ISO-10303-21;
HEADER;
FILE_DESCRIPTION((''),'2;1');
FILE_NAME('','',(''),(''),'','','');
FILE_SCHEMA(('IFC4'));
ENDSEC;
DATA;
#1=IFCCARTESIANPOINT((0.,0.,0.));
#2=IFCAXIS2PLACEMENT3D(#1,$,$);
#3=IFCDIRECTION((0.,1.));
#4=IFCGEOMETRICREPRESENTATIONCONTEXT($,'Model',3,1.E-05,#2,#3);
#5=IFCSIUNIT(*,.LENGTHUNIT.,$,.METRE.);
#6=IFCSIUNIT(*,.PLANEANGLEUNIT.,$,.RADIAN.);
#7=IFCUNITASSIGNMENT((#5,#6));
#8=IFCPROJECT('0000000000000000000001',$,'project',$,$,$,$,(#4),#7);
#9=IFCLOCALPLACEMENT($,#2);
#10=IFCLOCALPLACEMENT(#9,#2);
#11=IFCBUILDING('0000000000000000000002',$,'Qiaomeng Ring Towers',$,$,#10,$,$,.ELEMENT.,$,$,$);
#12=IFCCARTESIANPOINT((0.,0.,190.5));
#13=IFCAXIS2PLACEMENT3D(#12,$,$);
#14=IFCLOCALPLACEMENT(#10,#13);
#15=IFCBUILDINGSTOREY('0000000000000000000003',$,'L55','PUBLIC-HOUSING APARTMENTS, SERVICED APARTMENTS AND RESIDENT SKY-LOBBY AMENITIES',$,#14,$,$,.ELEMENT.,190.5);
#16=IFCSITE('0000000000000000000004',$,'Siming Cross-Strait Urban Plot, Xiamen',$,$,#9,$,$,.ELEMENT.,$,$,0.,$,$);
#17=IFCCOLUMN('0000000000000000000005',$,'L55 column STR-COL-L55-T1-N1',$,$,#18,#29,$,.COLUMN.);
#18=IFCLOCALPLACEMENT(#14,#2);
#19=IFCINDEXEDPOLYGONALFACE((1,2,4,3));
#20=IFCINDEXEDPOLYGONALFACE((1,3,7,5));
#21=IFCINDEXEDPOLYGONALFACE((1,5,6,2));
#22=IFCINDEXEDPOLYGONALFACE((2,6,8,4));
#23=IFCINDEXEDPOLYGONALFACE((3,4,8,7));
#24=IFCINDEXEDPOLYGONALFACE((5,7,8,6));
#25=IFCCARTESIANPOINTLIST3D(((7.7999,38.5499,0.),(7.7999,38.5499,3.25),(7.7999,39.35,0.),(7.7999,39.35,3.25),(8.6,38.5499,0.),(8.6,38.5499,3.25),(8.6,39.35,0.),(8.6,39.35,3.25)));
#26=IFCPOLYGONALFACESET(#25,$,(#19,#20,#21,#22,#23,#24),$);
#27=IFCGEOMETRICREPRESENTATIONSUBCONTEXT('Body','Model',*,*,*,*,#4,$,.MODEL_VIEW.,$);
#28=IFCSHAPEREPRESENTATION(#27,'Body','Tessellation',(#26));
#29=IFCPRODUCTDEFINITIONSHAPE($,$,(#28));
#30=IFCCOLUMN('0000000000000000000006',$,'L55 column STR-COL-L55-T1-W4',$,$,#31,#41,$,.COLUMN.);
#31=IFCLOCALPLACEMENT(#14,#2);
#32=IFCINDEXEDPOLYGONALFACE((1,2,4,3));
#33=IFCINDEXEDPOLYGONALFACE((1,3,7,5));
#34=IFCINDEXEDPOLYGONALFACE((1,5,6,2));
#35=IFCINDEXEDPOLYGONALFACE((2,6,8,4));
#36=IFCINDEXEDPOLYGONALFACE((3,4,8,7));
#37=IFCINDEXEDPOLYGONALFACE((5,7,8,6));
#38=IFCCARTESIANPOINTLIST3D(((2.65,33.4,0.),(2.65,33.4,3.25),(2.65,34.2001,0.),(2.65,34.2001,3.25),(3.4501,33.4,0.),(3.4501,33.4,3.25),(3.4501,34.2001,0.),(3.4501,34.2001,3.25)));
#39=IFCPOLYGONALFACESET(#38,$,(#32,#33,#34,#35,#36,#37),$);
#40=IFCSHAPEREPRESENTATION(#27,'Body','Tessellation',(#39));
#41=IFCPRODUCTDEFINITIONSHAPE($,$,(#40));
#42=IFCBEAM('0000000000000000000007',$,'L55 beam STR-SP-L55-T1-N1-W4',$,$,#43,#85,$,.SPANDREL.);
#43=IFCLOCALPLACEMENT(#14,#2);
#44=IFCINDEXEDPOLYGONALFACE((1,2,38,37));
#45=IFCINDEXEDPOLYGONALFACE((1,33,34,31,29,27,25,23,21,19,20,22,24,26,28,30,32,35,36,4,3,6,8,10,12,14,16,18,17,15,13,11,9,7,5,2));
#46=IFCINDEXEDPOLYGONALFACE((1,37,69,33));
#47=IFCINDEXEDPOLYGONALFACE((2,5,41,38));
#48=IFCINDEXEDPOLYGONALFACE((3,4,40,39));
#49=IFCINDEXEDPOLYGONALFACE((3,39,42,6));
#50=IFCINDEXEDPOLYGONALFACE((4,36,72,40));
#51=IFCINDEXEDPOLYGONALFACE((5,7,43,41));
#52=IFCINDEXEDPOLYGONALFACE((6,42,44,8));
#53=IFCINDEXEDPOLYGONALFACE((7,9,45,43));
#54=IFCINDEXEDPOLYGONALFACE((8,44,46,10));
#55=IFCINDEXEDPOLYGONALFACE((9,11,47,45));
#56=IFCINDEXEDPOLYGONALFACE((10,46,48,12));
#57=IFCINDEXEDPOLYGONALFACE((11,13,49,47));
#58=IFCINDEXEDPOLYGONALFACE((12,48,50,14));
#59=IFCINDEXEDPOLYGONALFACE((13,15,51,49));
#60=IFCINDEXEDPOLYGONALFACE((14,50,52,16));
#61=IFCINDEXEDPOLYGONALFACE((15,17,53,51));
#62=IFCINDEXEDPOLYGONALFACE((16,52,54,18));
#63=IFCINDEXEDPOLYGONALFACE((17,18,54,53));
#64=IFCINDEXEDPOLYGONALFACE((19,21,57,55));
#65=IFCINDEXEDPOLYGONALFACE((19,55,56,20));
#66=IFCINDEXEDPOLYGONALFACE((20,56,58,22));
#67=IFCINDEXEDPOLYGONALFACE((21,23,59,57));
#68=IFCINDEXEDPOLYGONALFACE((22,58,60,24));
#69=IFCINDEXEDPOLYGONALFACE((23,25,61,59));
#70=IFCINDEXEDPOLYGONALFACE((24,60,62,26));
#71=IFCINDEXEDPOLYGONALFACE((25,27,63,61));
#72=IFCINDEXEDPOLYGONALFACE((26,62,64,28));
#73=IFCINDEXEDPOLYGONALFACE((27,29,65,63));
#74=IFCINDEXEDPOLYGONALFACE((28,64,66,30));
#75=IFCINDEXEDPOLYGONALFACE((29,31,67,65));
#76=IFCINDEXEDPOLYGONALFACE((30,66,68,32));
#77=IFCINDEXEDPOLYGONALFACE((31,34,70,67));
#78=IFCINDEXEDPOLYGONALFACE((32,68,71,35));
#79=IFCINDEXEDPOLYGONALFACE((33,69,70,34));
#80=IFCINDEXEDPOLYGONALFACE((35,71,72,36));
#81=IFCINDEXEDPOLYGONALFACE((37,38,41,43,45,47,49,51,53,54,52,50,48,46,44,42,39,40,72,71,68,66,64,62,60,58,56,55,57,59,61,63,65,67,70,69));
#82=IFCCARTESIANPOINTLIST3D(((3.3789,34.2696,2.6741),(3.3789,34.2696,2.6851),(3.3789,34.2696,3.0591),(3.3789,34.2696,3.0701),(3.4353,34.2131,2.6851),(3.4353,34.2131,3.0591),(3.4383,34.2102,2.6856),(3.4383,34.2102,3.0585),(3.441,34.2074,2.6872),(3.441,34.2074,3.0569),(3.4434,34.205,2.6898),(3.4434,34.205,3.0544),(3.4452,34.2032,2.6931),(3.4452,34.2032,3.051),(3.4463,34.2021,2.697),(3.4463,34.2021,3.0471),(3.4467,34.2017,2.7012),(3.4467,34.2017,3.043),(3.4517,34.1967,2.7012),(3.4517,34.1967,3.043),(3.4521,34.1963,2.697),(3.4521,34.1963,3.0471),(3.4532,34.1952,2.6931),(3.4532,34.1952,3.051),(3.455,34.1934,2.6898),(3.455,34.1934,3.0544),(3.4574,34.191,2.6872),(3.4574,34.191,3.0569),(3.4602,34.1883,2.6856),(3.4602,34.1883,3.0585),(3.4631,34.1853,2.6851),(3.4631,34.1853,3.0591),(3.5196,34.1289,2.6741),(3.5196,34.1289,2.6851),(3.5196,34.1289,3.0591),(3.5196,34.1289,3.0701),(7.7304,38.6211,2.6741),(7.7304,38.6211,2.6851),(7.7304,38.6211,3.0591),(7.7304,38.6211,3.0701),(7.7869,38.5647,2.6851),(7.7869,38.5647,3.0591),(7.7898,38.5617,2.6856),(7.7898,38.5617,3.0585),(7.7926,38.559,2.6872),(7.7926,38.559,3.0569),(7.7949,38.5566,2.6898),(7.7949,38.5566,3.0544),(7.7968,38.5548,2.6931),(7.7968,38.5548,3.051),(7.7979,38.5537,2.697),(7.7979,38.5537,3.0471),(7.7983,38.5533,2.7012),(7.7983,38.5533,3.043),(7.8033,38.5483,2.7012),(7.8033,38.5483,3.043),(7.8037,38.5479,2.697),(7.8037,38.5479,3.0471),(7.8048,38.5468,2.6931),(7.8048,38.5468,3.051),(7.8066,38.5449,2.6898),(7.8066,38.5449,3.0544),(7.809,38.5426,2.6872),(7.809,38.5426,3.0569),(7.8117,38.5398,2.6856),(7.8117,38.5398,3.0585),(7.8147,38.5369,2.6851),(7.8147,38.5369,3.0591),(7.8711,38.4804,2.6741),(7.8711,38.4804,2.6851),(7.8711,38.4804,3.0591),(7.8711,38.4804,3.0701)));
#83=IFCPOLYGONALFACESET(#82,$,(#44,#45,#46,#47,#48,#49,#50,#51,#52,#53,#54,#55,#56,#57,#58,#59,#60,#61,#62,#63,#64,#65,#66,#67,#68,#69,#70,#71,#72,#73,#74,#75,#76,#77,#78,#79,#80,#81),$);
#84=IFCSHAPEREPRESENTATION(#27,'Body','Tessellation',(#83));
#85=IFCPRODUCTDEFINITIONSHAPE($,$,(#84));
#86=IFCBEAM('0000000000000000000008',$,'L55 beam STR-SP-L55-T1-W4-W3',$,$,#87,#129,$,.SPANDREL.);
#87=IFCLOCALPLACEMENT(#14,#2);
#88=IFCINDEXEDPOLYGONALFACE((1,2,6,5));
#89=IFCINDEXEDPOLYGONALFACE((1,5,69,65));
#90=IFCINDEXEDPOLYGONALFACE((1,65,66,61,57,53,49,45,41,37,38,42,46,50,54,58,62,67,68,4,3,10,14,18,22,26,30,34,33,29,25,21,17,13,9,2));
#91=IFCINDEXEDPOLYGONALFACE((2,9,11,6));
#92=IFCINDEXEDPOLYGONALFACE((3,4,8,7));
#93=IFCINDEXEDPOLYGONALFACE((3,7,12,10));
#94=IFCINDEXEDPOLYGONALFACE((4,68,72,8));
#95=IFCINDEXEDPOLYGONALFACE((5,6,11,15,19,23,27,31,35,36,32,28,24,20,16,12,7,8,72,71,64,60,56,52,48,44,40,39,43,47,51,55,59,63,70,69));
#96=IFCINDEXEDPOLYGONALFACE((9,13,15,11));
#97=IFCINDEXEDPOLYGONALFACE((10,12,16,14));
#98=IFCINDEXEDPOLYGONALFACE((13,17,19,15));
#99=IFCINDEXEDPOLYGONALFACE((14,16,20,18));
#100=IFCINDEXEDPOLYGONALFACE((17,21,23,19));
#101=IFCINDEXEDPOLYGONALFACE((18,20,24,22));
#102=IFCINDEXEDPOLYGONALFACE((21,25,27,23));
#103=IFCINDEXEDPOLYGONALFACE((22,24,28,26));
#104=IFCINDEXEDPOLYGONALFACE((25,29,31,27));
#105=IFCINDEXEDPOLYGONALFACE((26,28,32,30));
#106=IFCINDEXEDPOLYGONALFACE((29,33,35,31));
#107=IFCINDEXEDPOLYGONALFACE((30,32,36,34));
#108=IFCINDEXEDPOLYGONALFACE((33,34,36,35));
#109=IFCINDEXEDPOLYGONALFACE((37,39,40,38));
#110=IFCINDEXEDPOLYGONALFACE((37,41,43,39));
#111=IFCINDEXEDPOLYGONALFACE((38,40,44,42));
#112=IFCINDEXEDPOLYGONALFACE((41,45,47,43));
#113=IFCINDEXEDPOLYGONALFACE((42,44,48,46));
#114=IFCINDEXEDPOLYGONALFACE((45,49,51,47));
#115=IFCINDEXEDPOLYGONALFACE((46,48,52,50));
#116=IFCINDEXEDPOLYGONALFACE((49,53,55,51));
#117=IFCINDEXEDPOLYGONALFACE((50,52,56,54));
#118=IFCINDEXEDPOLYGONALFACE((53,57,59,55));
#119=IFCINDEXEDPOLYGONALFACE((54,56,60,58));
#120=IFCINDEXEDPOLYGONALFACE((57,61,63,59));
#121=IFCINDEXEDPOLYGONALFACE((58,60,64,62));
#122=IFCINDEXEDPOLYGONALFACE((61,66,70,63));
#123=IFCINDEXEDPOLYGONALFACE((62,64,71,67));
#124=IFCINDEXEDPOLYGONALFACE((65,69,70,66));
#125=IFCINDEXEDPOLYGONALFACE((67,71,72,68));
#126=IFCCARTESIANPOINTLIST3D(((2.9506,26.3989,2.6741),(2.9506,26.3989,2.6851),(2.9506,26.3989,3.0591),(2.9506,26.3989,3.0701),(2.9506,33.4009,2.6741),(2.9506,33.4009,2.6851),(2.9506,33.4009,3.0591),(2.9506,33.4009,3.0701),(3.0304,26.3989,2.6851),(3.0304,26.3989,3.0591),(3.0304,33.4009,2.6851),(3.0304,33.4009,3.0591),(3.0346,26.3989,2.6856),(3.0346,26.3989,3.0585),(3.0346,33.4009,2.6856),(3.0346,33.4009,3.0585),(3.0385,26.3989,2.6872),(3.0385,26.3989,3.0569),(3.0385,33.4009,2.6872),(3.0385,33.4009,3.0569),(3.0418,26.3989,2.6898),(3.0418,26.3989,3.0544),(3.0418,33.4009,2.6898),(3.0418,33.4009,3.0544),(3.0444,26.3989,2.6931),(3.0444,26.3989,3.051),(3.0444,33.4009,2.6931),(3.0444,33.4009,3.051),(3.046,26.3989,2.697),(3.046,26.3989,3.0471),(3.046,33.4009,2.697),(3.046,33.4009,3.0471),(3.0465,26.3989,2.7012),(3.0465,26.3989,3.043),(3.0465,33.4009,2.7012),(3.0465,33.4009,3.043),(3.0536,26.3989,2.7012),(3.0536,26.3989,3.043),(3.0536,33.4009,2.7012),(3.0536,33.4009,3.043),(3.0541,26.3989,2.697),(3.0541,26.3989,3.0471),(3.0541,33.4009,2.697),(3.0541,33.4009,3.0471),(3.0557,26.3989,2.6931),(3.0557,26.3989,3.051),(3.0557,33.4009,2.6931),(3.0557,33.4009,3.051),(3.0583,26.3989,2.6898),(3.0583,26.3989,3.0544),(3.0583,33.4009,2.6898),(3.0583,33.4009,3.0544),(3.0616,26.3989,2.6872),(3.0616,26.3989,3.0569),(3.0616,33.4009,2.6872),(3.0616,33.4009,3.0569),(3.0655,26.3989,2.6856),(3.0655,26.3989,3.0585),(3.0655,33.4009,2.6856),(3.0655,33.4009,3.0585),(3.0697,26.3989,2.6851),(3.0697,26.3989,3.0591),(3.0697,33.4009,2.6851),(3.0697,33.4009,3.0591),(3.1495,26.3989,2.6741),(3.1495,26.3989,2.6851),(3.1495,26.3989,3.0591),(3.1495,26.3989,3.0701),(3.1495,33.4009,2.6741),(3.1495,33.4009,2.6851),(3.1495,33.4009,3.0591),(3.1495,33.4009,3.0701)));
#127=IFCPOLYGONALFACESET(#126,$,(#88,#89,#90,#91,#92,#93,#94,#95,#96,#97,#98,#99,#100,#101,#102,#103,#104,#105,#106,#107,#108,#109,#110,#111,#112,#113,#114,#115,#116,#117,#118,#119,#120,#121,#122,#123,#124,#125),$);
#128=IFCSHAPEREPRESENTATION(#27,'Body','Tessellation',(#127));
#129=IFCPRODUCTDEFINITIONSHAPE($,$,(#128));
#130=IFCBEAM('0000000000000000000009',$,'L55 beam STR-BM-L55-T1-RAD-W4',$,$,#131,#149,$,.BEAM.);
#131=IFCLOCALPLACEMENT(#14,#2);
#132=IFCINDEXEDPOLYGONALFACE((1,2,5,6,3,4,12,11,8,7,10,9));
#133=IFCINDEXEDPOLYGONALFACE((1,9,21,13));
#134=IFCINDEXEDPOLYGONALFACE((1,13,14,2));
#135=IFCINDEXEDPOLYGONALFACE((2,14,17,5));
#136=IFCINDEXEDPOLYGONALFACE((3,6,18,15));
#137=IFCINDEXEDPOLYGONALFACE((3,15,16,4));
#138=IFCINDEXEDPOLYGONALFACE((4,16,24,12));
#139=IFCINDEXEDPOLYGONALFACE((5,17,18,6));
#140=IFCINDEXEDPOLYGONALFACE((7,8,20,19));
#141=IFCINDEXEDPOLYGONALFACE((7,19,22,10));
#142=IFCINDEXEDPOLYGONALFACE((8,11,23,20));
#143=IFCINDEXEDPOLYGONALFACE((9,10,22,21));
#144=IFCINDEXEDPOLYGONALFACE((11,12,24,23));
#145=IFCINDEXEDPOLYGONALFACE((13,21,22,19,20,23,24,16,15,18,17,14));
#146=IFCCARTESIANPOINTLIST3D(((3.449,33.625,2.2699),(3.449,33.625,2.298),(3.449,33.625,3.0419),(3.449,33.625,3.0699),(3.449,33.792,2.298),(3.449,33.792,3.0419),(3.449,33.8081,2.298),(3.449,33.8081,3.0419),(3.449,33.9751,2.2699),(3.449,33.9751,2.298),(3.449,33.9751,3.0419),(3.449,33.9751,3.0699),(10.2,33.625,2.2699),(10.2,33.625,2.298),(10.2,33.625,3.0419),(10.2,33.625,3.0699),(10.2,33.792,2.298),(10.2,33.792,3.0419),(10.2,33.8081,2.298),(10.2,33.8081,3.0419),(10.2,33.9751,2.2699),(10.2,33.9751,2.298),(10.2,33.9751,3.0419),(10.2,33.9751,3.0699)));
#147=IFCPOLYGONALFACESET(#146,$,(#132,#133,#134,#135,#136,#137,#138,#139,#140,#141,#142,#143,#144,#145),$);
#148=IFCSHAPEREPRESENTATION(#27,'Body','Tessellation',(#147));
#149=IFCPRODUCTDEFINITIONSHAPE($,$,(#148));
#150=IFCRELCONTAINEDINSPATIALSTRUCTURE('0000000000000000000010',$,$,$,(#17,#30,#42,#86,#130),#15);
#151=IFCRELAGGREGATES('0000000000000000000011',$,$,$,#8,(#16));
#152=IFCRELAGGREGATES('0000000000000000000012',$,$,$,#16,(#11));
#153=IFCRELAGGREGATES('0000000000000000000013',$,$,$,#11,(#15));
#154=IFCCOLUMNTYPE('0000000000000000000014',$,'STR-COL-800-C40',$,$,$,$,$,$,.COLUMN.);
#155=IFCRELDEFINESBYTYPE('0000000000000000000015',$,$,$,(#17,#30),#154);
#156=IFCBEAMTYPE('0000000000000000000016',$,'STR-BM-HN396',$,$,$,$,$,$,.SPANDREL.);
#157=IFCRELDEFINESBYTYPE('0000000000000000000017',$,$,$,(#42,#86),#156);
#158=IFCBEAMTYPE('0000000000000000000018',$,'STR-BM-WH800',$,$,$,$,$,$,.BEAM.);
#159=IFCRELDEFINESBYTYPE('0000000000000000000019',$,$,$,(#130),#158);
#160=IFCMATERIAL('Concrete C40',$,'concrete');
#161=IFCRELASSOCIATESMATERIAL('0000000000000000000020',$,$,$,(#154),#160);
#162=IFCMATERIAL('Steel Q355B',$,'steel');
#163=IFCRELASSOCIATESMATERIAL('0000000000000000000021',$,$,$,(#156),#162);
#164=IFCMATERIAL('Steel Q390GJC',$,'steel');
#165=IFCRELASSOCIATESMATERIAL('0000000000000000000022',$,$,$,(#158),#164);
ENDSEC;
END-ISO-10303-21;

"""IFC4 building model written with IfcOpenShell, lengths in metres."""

from ifc_helpers import new_model, si_unit, direction, frame, origin, origin_2d, place, context, subcontext, project, spatial, rectangle, i_section, extrude, source, transform, mapped, material, material_profile, profile_set, type_object, element, save


model = new_model("IFC4")

# Units and contexts
model_context = context("Model", 3, precision=1e-05, world=origin(), true_north=direction((0.0, 1.0)))
body_context = subcontext(model_context, "Body", "Model", "MODEL_VIEW")
ifc_project = project(units=[si_unit("LENGTHUNIT", "METRE"), si_unit("PLANEANGLEUNIT", "RADIAN")], contexts=[model_context])

# Site, building, storey
site_placement = place(None, origin())
site = spatial("IfcSite", under=ifc_project, at=site_placement, Name="Siming Cross-Strait Urban Plot, Xiamen", CompositionType="ELEMENT", RefElevation=0.0)
building_placement = place(site_placement, origin())
building = spatial("IfcBuilding", under=site, at=building_placement, Name="Qiaomeng Ring Towers", CompositionType="ELEMENT")
storey_placement = place(building_placement, frame((0.0, 0.0, 190.5)))
storey = spatial("IfcBuildingStorey", under=building, at=storey_placement, Name="L55", Description="PUBLIC-HOUSING APARTMENTS, SERVICED APARTMENTS AND RESIDENT SKY-LOBBY AMENITIES", CompositionType="ELEMENT", Elevation=190.5)

# Columns
ifc_material_1 = material(Name="Concrete C40", Category="concrete")
ifc_material_profile_1 = material_profile(ifc_material_1, rectangle(XDim=0.8, YDim=0.8, at=origin_2d()), Name="RC COL 800x800")
ifc_profile_set_1 = profile_set([ifc_material_profile_1], Name="Concrete C40")
column_type = type_object("IfcColumnType", Name="STR-COL-800-C40", PredefinedType="COLUMN", material=ifc_profile_set_1)
shared_shape_1 = source(origin(), body_context, "Body", "SweptSolid", [
    extrude(rectangle(XDim=0.8, YDim=0.8, at=origin_2d()), origin(), (0.0, 0.0, 1.0), 3.25),
])
for number, where, z_axis, x_axis, name in (
    (1, (8.2, 38.95, 0.0), (0.0, 0.0, 1.0), (1.0, 0.0, 0.0), "L55 column STR-COL-L55-T1-N1"),
    (2, (3.05, 33.8, 0.0), (0.0, 0.0, 1.0), (1.0, 0.0, 0.0), "L55 column STR-COL-L55-T1-W4"),
):
    element("IfcColumn", number, at=place(storey_placement, frame(where, z_axis=z_axis, x_axis=x_axis)), inside=storey, type_object=column_type, Name=name, PredefinedType="COLUMN", context=body_context, shape_type="MappedRepresentation", body=[
        mapped(shared_shape_1, transform((0.0, 0.0, 0.0), x_axis=(1.0, 0.0, 0.0), y_axis=(0.0, 1.0, 0.0), z_axis=(0.0, 0.0, 1.0), scale=1.0)),
    ])

# Beams
ifc_material_2 = material(Name="Steel Q355B", Category="steel")
ifc_material_profile_2 = material_profile(ifc_material_2, i_section(OverallWidth=0.199, OverallDepth=0.396, WebThickness=0.0071, FlangeThickness=0.011, FilletRadius=0.0161, at=origin_2d()), Name="HN 396x199x7x11")
ifc_profile_set_2 = profile_set([ifc_material_profile_2], Name="Steel Q355B")
beam_type_1 = type_object("IfcBeamType", Name="STR-BM-HN396", PredefinedType="SPANDREL", material=ifc_profile_set_2)
shared_shape_2 = source(origin(), body_context, "Body", "SweptSolid", [
    extrude(i_section(OverallWidth=0.199, OverallDepth=0.396, WebThickness=0.0071, FlangeThickness=0.011, FilletRadius=0.0161, at=origin_2d()), origin(), (0.0, 0.0, 1.0), 6.1541),
])
beam_1_placement = place(storey_placement, frame((7.8008, 38.5508, 2.8721), z_axis=(-0.707107, -0.707107, 0.0), x_axis=(0.707107, -0.707107, 0.0)))
element("IfcBeam", 3, at=beam_1_placement, inside=storey, type_object=beam_type_1, Name="L55 beam STR-SP-L55-T1-N1-W4", PredefinedType="SPANDREL", context=body_context, shape_type="MappedRepresentation", body=[
    mapped(shared_shape_2, transform((0.0, 0.0, 0.0), x_axis=(1.0, 0.0, 0.0), y_axis=(0.0, 1.0, 0.0), z_axis=(0.0, 0.0, 1.0), scale=1.0)),
])
shared_shape_3 = source(origin(), body_context, "Body", "SweptSolid", [
    extrude(i_section(OverallWidth=0.199, OverallDepth=0.396, WebThickness=0.0071, FlangeThickness=0.011, FilletRadius=0.0161, at=origin_2d()), origin(), (0.0, 0.0, 1.0), 7.002),
])
beam_2_placement = place(storey_placement, frame((3.05, 33.4009, 2.8721), z_axis=(0.0, -1.0, 0.0), x_axis=(1.0, 0.0, 0.0)))
element("IfcBeam", 4, at=beam_2_placement, inside=storey, type_object=beam_type_1, Name="L55 beam STR-SP-L55-T1-W4-W3", PredefinedType="SPANDREL", context=body_context, shape_type="MappedRepresentation", body=[
    mapped(shared_shape_3, transform((0.0, 0.0, 0.0), x_axis=(1.0, 0.0, 0.0), y_axis=(0.0, 1.0, 0.0), z_axis=(0.0, 0.0, 1.0), scale=1.0)),
])
ifc_material_3 = material(Name="Steel Q390GJC", Category="steel")
ifc_material_profile_3 = material_profile(ifc_material_3, i_section(OverallWidth=0.3501, OverallDepth=0.8, WebThickness=0.0161, FlangeThickness=0.0281, at=origin_2d()), Name="WH 800x350x16x28")
ifc_profile_set_3 = profile_set([ifc_material_profile_3], Name="Steel Q390GJC")
beam_type_2 = type_object("IfcBeamType", Name="STR-BM-WH800", PredefinedType="BEAM", material=ifc_profile_set_3)
shared_shape_4 = source(origin(), body_context, "Body", "SweptSolid", [
    extrude(i_section(OverallWidth=0.3501, OverallDepth=0.8, WebThickness=0.0161, FlangeThickness=0.0281, at=origin_2d()), origin(), (0.0, 0.0, 1.0), 6.751),
])
beam_3_placement = place(storey_placement, frame((3.449, 33.8, 2.6699), z_axis=(1.0, 0.0, 0.0), x_axis=(0.0, 1.0, 0.0)))
element("IfcBeam", 5, at=beam_3_placement, inside=storey, type_object=beam_type_2, Name="L55 beam STR-BM-L55-T1-RAD-W4", PredefinedType="BEAM", context=body_context, shape_type="MappedRepresentation", body=[
    mapped(shared_shape_4, transform((0.0, 0.0, 0.0), x_axis=(1.0, 0.0, 0.0), y_axis=(0.0, 1.0, 0.0), z_axis=(0.0, 0.0, 1.0), scale=1.0)),
])

save(model, "model.ifc")
